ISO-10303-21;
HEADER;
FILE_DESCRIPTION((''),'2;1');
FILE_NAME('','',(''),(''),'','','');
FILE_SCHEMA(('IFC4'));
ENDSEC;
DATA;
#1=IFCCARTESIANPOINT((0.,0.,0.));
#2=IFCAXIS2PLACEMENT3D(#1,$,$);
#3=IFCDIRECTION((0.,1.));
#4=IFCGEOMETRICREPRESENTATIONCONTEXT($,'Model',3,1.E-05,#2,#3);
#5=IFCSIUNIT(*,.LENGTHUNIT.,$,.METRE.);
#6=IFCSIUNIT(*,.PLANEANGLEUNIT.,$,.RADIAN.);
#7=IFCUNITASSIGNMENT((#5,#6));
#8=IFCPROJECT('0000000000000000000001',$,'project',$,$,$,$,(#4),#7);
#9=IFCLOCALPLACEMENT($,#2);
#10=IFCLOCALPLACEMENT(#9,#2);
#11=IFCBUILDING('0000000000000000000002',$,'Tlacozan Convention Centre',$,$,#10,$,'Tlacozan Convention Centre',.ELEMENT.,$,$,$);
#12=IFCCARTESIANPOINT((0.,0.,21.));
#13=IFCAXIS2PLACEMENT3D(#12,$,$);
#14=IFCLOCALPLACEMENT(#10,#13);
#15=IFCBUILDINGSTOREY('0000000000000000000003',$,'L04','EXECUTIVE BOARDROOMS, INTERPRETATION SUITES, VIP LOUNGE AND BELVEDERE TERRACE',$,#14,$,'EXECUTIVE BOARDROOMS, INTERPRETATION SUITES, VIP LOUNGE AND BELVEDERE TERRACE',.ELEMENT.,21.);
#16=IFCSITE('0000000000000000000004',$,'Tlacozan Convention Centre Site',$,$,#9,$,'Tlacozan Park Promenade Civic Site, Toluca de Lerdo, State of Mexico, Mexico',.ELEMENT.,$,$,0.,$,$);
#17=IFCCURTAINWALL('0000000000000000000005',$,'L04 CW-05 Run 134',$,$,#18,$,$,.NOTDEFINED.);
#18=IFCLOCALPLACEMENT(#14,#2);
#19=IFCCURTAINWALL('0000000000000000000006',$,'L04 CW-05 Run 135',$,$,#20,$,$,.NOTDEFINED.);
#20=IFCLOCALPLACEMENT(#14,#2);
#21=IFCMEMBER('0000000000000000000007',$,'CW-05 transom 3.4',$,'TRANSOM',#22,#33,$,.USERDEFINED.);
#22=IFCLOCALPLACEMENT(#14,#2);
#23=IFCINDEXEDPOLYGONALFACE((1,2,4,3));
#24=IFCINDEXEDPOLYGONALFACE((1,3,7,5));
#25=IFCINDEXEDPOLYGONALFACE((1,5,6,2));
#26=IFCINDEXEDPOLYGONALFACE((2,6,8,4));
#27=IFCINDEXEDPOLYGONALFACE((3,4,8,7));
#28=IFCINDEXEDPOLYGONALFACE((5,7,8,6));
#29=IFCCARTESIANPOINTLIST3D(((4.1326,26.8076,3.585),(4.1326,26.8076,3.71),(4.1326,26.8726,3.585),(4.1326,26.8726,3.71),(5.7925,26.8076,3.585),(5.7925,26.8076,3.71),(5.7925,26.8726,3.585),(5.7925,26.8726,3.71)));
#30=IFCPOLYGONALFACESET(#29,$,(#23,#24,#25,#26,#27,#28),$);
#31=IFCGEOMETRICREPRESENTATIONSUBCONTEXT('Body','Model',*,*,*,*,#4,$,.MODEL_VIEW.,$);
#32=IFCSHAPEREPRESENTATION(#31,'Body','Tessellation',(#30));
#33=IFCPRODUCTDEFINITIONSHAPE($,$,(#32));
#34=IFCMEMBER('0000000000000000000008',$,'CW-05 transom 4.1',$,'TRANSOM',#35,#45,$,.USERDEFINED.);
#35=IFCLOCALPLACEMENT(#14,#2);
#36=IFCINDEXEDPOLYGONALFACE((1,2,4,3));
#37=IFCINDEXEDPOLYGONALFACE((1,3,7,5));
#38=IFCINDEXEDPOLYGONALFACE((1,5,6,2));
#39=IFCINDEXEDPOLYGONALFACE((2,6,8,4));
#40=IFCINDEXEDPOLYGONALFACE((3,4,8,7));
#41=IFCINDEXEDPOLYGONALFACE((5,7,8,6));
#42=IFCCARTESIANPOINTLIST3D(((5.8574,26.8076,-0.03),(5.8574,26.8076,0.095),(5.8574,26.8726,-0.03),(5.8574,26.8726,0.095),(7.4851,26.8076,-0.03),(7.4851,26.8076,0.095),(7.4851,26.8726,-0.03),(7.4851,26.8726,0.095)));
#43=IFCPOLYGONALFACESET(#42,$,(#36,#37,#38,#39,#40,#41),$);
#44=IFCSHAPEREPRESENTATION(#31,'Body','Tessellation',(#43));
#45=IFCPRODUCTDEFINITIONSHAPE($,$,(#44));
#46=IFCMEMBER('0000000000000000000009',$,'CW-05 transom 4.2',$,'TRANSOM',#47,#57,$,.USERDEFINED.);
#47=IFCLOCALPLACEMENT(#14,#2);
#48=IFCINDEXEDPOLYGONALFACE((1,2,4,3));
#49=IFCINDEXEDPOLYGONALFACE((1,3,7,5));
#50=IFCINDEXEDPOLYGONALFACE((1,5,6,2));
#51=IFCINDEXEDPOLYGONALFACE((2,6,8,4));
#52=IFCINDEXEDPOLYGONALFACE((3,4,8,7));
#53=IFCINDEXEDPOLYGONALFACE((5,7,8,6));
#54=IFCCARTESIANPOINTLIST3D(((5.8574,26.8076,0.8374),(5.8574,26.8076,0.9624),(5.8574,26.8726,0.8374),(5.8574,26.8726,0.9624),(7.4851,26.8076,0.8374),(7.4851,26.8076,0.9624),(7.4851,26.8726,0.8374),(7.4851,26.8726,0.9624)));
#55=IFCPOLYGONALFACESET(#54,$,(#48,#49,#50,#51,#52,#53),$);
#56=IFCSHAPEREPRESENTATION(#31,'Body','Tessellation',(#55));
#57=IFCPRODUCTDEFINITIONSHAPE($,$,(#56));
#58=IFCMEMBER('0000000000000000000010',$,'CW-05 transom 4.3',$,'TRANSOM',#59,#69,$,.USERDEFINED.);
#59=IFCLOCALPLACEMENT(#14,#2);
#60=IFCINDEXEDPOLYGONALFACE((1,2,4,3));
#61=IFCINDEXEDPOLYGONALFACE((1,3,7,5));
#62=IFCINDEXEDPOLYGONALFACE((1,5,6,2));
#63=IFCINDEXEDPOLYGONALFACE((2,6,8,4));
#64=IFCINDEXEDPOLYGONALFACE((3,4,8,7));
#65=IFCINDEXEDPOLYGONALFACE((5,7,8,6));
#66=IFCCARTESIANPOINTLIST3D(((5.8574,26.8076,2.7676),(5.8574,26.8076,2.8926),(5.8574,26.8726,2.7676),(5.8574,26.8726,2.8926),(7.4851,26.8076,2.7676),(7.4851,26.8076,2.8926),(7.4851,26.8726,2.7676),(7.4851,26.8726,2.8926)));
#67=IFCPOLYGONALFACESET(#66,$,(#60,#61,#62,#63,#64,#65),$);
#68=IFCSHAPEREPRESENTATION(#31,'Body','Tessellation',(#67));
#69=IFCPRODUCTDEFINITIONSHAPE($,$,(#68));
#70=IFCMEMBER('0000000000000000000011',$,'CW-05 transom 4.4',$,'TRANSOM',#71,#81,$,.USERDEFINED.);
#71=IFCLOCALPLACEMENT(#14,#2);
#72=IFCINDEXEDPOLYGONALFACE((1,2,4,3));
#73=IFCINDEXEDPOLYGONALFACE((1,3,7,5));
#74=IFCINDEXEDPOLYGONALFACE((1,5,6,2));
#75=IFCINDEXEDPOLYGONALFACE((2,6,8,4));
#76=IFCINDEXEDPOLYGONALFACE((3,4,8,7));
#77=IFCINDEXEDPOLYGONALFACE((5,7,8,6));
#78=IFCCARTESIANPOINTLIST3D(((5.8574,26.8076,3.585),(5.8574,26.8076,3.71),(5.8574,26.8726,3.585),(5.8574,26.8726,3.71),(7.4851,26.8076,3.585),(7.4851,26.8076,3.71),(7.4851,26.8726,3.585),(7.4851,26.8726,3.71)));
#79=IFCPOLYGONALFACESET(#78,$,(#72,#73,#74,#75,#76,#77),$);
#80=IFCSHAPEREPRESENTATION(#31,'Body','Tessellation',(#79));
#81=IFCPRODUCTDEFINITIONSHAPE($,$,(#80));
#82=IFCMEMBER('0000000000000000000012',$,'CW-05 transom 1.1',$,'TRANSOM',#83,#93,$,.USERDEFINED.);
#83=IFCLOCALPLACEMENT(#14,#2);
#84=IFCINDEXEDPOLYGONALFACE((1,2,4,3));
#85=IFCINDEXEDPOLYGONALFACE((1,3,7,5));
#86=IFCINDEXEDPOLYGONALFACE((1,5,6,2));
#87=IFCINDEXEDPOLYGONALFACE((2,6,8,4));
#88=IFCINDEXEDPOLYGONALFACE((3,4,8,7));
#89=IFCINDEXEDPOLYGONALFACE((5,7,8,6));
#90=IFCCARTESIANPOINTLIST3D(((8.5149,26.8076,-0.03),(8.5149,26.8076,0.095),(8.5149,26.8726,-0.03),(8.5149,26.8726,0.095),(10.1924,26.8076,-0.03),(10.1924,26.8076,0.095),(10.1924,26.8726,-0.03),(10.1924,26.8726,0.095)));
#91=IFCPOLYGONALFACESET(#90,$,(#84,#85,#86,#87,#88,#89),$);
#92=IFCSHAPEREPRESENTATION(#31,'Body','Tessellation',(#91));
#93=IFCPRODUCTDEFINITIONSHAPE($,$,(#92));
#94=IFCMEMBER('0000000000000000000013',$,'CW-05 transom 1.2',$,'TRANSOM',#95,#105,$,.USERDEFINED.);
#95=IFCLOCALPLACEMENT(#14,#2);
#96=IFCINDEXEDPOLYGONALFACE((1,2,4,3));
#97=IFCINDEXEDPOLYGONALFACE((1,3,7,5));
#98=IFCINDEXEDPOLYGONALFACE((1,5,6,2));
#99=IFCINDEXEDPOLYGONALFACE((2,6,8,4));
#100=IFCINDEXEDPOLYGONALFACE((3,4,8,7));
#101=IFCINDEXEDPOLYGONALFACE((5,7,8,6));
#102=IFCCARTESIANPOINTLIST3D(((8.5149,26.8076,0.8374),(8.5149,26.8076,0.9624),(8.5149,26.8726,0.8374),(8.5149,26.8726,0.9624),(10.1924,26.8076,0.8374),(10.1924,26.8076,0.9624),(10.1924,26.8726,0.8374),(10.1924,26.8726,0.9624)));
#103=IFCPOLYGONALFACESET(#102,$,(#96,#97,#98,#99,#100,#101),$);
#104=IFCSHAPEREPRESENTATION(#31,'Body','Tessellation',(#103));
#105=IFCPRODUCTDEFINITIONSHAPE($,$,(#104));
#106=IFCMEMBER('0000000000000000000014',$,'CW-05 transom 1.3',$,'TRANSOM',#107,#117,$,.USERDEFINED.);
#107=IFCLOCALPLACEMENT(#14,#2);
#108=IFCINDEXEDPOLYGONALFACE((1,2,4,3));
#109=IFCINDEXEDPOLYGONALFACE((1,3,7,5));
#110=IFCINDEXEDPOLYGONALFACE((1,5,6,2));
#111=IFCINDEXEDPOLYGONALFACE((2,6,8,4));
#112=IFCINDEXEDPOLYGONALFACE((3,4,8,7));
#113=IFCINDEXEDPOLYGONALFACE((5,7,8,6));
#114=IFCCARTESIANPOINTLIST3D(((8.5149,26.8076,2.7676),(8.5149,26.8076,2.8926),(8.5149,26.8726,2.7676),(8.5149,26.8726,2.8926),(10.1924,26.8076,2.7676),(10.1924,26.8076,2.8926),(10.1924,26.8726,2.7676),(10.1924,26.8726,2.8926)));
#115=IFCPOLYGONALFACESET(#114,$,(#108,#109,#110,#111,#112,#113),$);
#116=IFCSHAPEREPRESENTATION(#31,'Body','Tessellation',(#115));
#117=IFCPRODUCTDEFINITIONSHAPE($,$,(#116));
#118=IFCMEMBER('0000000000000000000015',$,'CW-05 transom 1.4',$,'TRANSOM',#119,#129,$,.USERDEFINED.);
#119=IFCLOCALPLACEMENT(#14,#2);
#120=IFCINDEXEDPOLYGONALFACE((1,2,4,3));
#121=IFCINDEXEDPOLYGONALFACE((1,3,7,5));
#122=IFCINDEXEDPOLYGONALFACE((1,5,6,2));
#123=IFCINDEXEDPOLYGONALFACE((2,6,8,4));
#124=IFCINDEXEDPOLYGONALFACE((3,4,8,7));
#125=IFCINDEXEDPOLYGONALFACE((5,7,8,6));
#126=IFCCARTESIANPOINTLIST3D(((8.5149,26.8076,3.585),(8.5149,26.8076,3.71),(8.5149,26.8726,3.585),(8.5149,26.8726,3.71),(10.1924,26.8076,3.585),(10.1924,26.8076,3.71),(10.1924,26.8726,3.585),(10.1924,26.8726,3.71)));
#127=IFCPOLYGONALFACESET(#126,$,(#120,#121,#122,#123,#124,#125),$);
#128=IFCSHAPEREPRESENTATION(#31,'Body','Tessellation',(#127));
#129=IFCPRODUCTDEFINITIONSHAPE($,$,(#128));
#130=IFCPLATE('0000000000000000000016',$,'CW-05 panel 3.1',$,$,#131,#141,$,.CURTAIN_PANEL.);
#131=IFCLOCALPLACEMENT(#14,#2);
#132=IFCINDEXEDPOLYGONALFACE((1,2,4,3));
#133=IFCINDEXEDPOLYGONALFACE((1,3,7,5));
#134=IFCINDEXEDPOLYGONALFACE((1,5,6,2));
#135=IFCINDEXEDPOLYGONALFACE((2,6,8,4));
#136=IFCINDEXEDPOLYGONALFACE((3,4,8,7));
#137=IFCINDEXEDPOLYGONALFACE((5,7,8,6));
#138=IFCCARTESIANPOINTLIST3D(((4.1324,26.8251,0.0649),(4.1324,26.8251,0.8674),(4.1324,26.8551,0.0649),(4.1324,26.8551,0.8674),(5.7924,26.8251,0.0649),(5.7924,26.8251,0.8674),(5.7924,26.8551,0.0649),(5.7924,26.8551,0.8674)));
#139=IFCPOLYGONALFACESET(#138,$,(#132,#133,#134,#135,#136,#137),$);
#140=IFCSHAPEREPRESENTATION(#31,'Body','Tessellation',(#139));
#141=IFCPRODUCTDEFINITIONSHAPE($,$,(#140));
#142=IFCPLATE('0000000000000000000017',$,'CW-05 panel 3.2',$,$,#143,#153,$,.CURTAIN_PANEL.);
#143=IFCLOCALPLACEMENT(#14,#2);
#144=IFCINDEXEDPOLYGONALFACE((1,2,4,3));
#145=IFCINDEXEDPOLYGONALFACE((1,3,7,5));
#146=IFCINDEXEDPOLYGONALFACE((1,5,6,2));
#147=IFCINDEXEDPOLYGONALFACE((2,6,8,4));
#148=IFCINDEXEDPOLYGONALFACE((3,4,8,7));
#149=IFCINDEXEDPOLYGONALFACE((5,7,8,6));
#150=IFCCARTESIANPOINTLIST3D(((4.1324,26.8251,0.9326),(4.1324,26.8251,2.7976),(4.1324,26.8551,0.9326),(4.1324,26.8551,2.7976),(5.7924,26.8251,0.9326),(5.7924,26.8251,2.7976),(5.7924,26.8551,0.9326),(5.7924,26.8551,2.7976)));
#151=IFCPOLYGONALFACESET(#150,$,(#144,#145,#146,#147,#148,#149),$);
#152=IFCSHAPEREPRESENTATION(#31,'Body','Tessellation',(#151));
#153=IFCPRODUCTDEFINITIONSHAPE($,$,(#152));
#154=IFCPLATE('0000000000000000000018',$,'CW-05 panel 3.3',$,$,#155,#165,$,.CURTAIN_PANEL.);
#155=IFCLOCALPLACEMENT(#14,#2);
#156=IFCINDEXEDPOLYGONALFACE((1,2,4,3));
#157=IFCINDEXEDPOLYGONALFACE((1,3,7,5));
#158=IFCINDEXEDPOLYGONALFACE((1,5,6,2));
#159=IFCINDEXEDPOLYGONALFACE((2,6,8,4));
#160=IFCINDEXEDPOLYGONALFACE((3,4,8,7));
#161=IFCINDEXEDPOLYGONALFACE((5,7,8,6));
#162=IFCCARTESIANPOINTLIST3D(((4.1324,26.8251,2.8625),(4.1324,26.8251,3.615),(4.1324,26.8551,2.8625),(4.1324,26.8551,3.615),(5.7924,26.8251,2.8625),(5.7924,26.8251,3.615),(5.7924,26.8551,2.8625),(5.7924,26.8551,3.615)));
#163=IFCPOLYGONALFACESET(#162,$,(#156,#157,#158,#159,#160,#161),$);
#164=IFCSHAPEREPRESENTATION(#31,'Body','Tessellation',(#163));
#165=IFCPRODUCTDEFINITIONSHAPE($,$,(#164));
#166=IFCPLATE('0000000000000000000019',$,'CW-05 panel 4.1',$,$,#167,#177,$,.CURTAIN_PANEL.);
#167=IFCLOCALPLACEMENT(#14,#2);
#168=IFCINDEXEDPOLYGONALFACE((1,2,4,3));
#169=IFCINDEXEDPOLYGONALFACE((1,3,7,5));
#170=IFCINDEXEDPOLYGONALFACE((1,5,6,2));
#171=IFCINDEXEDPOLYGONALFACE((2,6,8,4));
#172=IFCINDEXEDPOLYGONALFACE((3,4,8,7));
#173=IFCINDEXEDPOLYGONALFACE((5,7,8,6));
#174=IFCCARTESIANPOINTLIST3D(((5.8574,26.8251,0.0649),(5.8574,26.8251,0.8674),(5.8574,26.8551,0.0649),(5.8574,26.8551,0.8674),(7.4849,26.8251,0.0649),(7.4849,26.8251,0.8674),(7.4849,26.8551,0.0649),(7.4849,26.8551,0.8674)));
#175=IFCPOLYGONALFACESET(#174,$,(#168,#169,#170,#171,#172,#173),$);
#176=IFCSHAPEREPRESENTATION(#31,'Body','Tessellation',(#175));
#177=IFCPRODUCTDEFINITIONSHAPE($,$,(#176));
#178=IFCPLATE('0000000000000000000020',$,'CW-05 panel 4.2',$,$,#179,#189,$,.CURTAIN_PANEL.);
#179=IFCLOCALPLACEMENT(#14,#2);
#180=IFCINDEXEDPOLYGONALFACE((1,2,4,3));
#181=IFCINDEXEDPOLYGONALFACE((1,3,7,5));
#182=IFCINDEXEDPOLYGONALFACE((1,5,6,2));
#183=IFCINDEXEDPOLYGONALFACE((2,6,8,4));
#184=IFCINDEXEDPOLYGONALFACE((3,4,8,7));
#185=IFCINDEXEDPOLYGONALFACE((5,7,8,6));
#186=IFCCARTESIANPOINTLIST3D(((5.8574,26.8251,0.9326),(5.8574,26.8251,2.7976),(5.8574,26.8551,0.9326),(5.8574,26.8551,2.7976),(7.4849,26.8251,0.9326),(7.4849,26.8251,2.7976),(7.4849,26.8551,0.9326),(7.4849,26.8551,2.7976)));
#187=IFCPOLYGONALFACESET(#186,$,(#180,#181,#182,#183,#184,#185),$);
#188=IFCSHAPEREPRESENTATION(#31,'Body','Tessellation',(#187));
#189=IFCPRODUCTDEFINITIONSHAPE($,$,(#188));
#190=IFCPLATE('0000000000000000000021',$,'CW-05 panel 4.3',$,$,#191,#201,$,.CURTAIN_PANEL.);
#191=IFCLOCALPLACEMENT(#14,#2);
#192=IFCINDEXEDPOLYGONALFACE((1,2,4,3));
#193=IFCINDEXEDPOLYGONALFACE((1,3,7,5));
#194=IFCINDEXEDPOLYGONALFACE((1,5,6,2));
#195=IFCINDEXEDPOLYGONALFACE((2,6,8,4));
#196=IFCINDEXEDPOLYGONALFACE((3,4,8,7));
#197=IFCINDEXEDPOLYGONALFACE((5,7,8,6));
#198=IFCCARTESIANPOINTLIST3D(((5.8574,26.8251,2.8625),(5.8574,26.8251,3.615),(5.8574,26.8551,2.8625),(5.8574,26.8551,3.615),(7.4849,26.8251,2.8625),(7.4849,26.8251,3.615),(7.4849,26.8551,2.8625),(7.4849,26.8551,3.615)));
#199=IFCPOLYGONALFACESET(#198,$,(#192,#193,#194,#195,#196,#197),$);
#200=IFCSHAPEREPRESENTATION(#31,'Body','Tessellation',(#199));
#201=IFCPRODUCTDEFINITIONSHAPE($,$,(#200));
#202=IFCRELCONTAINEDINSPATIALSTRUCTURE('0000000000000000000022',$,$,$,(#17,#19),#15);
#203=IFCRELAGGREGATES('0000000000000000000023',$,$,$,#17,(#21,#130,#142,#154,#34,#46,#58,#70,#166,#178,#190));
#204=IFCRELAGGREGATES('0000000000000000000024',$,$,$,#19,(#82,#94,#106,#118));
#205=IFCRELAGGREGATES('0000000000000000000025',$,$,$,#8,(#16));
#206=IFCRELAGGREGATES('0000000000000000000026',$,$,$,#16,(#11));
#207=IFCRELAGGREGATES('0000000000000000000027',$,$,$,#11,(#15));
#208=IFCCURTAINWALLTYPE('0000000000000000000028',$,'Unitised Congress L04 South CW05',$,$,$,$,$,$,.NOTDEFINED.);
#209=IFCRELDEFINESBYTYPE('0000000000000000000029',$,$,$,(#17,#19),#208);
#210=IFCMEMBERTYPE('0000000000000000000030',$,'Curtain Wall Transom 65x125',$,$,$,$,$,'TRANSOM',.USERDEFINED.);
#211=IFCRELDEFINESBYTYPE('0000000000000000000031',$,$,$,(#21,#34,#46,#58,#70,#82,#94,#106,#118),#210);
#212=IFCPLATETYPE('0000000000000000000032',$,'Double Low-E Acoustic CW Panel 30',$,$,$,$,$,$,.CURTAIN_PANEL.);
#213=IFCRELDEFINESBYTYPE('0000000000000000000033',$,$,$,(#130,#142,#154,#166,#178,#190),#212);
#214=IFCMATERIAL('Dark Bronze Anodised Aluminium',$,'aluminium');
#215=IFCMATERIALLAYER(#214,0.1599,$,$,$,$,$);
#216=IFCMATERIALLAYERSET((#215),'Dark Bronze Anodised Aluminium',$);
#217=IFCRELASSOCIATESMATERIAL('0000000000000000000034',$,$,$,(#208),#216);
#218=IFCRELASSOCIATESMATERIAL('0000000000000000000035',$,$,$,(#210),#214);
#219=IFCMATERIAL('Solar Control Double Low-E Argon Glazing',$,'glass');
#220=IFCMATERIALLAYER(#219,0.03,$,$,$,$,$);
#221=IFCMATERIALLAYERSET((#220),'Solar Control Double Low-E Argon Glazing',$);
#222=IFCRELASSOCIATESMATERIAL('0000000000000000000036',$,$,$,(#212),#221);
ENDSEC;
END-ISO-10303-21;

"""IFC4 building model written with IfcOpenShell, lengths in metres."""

from ifc_helpers import new_model, si_unit, direction, frame, origin, origin_2d, place, context, subcontext, project, spatial, rectangle, extrude, material, layer, layer_set, material_profile, profile_set, type_object, element, aggregate, save


model = new_model("IFC4")

# Units and contexts
model_context = context("Model", 3, precision=1e-05, world=origin(), true_north=direction((0.0, 1.0)))
body_context = subcontext(model_context, "Body", "Model", "MODEL_VIEW")
ifc_project = project(units=[si_unit("LENGTHUNIT", "METRE"), si_unit("PLANEANGLEUNIT", "RADIAN")], contexts=[model_context])

# Site, building, storey
site_placement = place(None, origin())
site = spatial("IfcSite", under=ifc_project, at=site_placement, Name="Tlacozan Convention Centre Site", LongName="Tlacozan Park Promenade Civic Site, Toluca de Lerdo, State of Mexico, Mexico", CompositionType="ELEMENT", RefElevation=0.0)
building_placement = place(site_placement, origin())
building = spatial("IfcBuilding", under=site, at=building_placement, Name="Tlacozan Convention Centre", LongName="Tlacozan Convention Centre", CompositionType="ELEMENT")
storey_placement = place(building_placement, frame((0.0, 0.0, 21.0)))
storey = spatial("IfcBuildingStorey", under=building, at=storey_placement, Name="L04", Description="EXECUTIVE BOARDROOMS, INTERPRETATION SUITES, VIP LOUNGE AND BELVEDERE TERRACE", LongName="EXECUTIVE BOARDROOMS, INTERPRETATION SUITES, VIP LOUNGE AND BELVEDERE TERRACE", CompositionType="ELEMENT", Elevation=21.0)

# Curtain wall
ifc_material_1 = material(Name="Dark Bronze Anodised Aluminium", Category="aluminium")
ifc_layer_1 = layer(ifc_material_1, 0.1599)
ifc_layer_set_1 = layer_set([ifc_layer_1], Name="Dark Bronze Anodised Aluminium")
curtain_wall_type = type_object("IfcCurtainWallType", Name="Unitised Congress L04 South CW05", PredefinedType="NOTDEFINED", material=ifc_layer_set_1)
curtain_wall_1_placement = place(storey_placement, origin())
curtain_wall_1 = element("IfcCurtainWall", 1, at=curtain_wall_1_placement, inside=storey, type_object=curtain_wall_type, Name="L04 CW-05 Run 134", PredefinedType="NOTDEFINED")

# Curtain wall
curtain_wall_2_placement = place(storey_placement, origin())
curtain_wall_2 = element("IfcCurtainWall", 2, at=curtain_wall_2_placement, inside=storey, type_object=curtain_wall_type, Name="L04 CW-05 Run 135", PredefinedType="NOTDEFINED")

# Members
ifc_material_profile_1 = material_profile(ifc_material_1, rectangle(XDim=0.0649, YDim=0.125, at=origin_2d()), Name="ALU 65x125")
ifc_profile_set_1 = profile_set([ifc_material_profile_1], Name="Dark Bronze Anodised Aluminium")
member_type_1 = type_object("IfcMemberType", Name="Curtain Wall Transom 65x125", ElementType="TRANSOM", PredefinedType="USERDEFINED", material=ifc_profile_set_1)
member_1_placement = place(storey_placement, frame((4.1326, 26.8401, 3.6475), z_axis=(1.0, 0.0, 0.0), x_axis=(0.0, 1.0, 0.0)))
member_1 = element("IfcMember", 3, at=member_1_placement, type_object=member_type_1, Name="CW-05 transom 3.4", ObjectType="TRANSOM", PredefinedType="USERDEFINED", context=body_context, shape_type="SweptSolid", body=[
    extrude(rectangle(XDim=0.0649, YDim=0.125, at=origin_2d()), origin(), (0.0, 0.0, 1.0), 1.6599),
])
member_2_placement = place(storey_placement, frame((5.8574, 26.8401, 0.0325), z_axis=(1.0, 0.0, 0.0), x_axis=(0.0, 1.0, 0.0)))
member_2 = element("IfcMember", 4, at=member_2_placement, type_object=member_type_1, Name="CW-05 transom 4.1", ObjectType="TRANSOM", PredefinedType="USERDEFINED", context=body_context, shape_type="SweptSolid", body=[
    extrude(rectangle(XDim=0.0649, YDim=0.125, at=origin_2d()), origin(), (0.0, 0.0, 1.0), 1.6277),
])
member_3_placement = place(storey_placement, frame((5.8574, 26.8401, 0.8999), z_axis=(1.0, 0.0, 0.0), x_axis=(0.0, 1.0, 0.0)))
member_3 = element("IfcMember", 5, at=member_3_placement, type_object=member_type_1, Name="CW-05 transom 4.2", ObjectType="TRANSOM", PredefinedType="USERDEFINED", context=body_context, shape_type="SweptSolid", body=[
    extrude(rectangle(XDim=0.0649, YDim=0.125, at=origin_2d()), origin(), (0.0, 0.0, 1.0), 1.6277),
])
member_4_placement = place(storey_placement, frame((5.8574, 26.8401, 2.8301), z_axis=(1.0, 0.0, 0.0), x_axis=(0.0, 1.0, 0.0)))
member_4 = element("IfcMember", 6, at=member_4_placement, type_object=member_type_1, Name="CW-05 transom 4.3", ObjectType="TRANSOM", PredefinedType="USERDEFINED", context=body_context, shape_type="SweptSolid", body=[
    extrude(rectangle(XDim=0.0649, YDim=0.125, at=origin_2d()), origin(), (0.0, 0.0, 1.0), 1.6277),
])
member_5_placement = place(storey_placement, frame((5.8574, 26.8401, 3.6475), z_axis=(1.0, 0.0, 0.0), x_axis=(0.0, 1.0, 0.0)))
member_5 = element("IfcMember", 7, at=member_5_placement, type_object=member_type_1, Name="CW-05 transom 4.4", ObjectType="TRANSOM", PredefinedType="USERDEFINED", context=body_context, shape_type="SweptSolid", body=[
    extrude(rectangle(XDim=0.0649, YDim=0.125, at=origin_2d()), origin(), (0.0, 0.0, 1.0), 1.6277),
])
member_6_placement = place(storey_placement, frame((8.5149, 26.8401, 0.0325), z_axis=(1.0, 0.0, 0.0), x_axis=(0.0, 1.0, 0.0)))
member_6 = element("IfcMember", 8, at=member_6_placement, type_object=member_type_1, Name="CW-05 transom 1.1", ObjectType="TRANSOM", PredefinedType="USERDEFINED", context=body_context, shape_type="SweptSolid", body=[
    extrude(rectangle(XDim=0.0649, YDim=0.125, at=origin_2d()), origin(), (0.0, 0.0, 1.0), 1.6775),
])
member_7_placement = place(storey_placement, frame((8.5149, 26.8401, 0.8999), z_axis=(1.0, 0.0, 0.0), x_axis=(0.0, 1.0, 0.0)))
member_7 = element("IfcMember", 9, at=member_7_placement, type_object=member_type_1, Name="CW-05 transom 1.2", ObjectType="TRANSOM", PredefinedType="USERDEFINED", context=body_context, shape_type="SweptSolid", body=[
    extrude(rectangle(XDim=0.0649, YDim=0.125, at=origin_2d()), origin(), (0.0, 0.0, 1.0), 1.6775),
])
member_8_placement = place(storey_placement, frame((8.5149, 26.8401, 2.8301), z_axis=(1.0, 0.0, 0.0), x_axis=(0.0, 1.0, 0.0)))
member_8 = element("IfcMember", 10, at=member_8_placement, type_object=member_type_1, Name="CW-05 transom 1.3", ObjectType="TRANSOM", PredefinedType="USERDEFINED", context=body_context, shape_type="SweptSolid", body=[
    extrude(rectangle(XDim=0.0649, YDim=0.125, at=origin_2d()), origin(), (0.0, 0.0, 1.0), 1.6775),
])
member_9_placement = place(storey_placement, frame((8.5149, 26.8401, 3.6475), z_axis=(1.0, 0.0, 0.0), x_axis=(0.0, 1.0, 0.0)))
member_9 = element("IfcMember", 11, at=member_9_placement, type_object=member_type_1, Name="CW-05 transom 1.4", ObjectType="TRANSOM", PredefinedType="USERDEFINED", context=body_context, shape_type="SweptSolid", body=[
    extrude(rectangle(XDim=0.0649, YDim=0.125, at=origin_2d()), origin(), (0.0, 0.0, 1.0), 1.6775),
])

# Plates
ifc_material_2 = material(Name="Solar Control Double Low-E Argon Glazing", Category="glass")
ifc_layer_2 = layer(ifc_material_2, 0.03)
ifc_layer_set_2 = layer_set([ifc_layer_2], Name="Solar Control Double Low-E Argon Glazing")
plate_type = type_object("IfcPlateType", Name="Double Low-E Acoustic CW Panel 30", PredefinedType="CURTAIN_PANEL", material=ifc_layer_set_2)
plate_1_placement = place(storey_placement, frame((4.9624, 26.8401, 0.0649), z_axis=(0.0, 0.0, 1.0), x_axis=(1.0, 0.0, 0.0)))
plate_1 = element("IfcPlate", 12, at=plate_1_placement, type_object=plate_type, Name="CW-05 panel 3.1", PredefinedType="CURTAIN_PANEL", context=body_context, shape_type="SweptSolid", body=[
    extrude(rectangle(XDim=1.6599, YDim=0.03, at=origin_2d()), origin(), (0.0, 0.0, 1.0), 0.8025),
])
plate_2_placement = place(storey_placement, frame((4.9624, 26.8401, 0.9326), z_axis=(0.0, 0.0, 1.0), x_axis=(1.0, 0.0, 0.0)))
plate_2 = element("IfcPlate", 13, at=plate_2_placement, type_object=plate_type, Name="CW-05 panel 3.2", PredefinedType="CURTAIN_PANEL", context=body_context, shape_type="SweptSolid", body=[
    extrude(rectangle(XDim=1.6599, YDim=0.03, at=origin_2d()), origin(), (0.0, 0.0, 1.0), 1.865),
])
plate_3_placement = place(storey_placement, frame((4.9624, 26.8401, 2.8625), z_axis=(0.0, 0.0, 1.0), x_axis=(1.0, 0.0, 0.0)))
plate_3 = element("IfcPlate", 14, at=plate_3_placement, type_object=plate_type, Name="CW-05 panel 3.3", PredefinedType="CURTAIN_PANEL", context=body_context, shape_type="SweptSolid", body=[
    extrude(rectangle(XDim=1.6599, YDim=0.03, at=origin_2d()), origin(), (0.0, 0.0, 1.0), 0.7524),
])
plate_4_placement = place(storey_placement, frame((6.6711, 26.8401, 0.0649), z_axis=(0.0, 0.0, 1.0), x_axis=(1.0, 0.0, 0.0)))
plate_4 = element("IfcPlate", 15, at=plate_4_placement, type_object=plate_type, Name="CW-05 panel 4.1", PredefinedType="CURTAIN_PANEL", context=body_context, shape_type="SweptSolid", body=[
    extrude(rectangle(XDim=1.6274, YDim=0.03, at=origin_2d()), origin(), (0.0, 0.0, 1.0), 0.8025),
])
plate_5_placement = place(storey_placement, frame((6.6711, 26.8401, 0.9326), z_axis=(0.0, 0.0, 1.0), x_axis=(1.0, 0.0, 0.0)))
plate_5 = element("IfcPlate", 16, at=plate_5_placement, type_object=plate_type, Name="CW-05 panel 4.2", PredefinedType="CURTAIN_PANEL", context=body_context, shape_type="SweptSolid", body=[
    extrude(rectangle(XDim=1.6274, YDim=0.03, at=origin_2d()), origin(), (0.0, 0.0, 1.0), 1.865),
])
plate_6_placement = place(storey_placement, frame((6.6711, 26.8401, 2.8625), z_axis=(0.0, 0.0, 1.0), x_axis=(1.0, 0.0, 0.0)))
plate_6 = element("IfcPlate", 17, at=plate_6_placement, type_object=plate_type, Name="CW-05 panel 4.3", PredefinedType="CURTAIN_PANEL", context=body_context, shape_type="SweptSolid", body=[
    extrude(rectangle(XDim=1.6274, YDim=0.03, at=origin_2d()), origin(), (0.0, 0.0, 1.0), 0.7524),
])
aggregate(curtain_wall_1, [member_1, plate_1, plate_2, plate_3, member_2, member_3, member_4, member_5, plate_4, plate_5, plate_6])
aggregate(curtain_wall_2, [member_6, member_7, member_8, member_9])

save(model, "model.ifc")
